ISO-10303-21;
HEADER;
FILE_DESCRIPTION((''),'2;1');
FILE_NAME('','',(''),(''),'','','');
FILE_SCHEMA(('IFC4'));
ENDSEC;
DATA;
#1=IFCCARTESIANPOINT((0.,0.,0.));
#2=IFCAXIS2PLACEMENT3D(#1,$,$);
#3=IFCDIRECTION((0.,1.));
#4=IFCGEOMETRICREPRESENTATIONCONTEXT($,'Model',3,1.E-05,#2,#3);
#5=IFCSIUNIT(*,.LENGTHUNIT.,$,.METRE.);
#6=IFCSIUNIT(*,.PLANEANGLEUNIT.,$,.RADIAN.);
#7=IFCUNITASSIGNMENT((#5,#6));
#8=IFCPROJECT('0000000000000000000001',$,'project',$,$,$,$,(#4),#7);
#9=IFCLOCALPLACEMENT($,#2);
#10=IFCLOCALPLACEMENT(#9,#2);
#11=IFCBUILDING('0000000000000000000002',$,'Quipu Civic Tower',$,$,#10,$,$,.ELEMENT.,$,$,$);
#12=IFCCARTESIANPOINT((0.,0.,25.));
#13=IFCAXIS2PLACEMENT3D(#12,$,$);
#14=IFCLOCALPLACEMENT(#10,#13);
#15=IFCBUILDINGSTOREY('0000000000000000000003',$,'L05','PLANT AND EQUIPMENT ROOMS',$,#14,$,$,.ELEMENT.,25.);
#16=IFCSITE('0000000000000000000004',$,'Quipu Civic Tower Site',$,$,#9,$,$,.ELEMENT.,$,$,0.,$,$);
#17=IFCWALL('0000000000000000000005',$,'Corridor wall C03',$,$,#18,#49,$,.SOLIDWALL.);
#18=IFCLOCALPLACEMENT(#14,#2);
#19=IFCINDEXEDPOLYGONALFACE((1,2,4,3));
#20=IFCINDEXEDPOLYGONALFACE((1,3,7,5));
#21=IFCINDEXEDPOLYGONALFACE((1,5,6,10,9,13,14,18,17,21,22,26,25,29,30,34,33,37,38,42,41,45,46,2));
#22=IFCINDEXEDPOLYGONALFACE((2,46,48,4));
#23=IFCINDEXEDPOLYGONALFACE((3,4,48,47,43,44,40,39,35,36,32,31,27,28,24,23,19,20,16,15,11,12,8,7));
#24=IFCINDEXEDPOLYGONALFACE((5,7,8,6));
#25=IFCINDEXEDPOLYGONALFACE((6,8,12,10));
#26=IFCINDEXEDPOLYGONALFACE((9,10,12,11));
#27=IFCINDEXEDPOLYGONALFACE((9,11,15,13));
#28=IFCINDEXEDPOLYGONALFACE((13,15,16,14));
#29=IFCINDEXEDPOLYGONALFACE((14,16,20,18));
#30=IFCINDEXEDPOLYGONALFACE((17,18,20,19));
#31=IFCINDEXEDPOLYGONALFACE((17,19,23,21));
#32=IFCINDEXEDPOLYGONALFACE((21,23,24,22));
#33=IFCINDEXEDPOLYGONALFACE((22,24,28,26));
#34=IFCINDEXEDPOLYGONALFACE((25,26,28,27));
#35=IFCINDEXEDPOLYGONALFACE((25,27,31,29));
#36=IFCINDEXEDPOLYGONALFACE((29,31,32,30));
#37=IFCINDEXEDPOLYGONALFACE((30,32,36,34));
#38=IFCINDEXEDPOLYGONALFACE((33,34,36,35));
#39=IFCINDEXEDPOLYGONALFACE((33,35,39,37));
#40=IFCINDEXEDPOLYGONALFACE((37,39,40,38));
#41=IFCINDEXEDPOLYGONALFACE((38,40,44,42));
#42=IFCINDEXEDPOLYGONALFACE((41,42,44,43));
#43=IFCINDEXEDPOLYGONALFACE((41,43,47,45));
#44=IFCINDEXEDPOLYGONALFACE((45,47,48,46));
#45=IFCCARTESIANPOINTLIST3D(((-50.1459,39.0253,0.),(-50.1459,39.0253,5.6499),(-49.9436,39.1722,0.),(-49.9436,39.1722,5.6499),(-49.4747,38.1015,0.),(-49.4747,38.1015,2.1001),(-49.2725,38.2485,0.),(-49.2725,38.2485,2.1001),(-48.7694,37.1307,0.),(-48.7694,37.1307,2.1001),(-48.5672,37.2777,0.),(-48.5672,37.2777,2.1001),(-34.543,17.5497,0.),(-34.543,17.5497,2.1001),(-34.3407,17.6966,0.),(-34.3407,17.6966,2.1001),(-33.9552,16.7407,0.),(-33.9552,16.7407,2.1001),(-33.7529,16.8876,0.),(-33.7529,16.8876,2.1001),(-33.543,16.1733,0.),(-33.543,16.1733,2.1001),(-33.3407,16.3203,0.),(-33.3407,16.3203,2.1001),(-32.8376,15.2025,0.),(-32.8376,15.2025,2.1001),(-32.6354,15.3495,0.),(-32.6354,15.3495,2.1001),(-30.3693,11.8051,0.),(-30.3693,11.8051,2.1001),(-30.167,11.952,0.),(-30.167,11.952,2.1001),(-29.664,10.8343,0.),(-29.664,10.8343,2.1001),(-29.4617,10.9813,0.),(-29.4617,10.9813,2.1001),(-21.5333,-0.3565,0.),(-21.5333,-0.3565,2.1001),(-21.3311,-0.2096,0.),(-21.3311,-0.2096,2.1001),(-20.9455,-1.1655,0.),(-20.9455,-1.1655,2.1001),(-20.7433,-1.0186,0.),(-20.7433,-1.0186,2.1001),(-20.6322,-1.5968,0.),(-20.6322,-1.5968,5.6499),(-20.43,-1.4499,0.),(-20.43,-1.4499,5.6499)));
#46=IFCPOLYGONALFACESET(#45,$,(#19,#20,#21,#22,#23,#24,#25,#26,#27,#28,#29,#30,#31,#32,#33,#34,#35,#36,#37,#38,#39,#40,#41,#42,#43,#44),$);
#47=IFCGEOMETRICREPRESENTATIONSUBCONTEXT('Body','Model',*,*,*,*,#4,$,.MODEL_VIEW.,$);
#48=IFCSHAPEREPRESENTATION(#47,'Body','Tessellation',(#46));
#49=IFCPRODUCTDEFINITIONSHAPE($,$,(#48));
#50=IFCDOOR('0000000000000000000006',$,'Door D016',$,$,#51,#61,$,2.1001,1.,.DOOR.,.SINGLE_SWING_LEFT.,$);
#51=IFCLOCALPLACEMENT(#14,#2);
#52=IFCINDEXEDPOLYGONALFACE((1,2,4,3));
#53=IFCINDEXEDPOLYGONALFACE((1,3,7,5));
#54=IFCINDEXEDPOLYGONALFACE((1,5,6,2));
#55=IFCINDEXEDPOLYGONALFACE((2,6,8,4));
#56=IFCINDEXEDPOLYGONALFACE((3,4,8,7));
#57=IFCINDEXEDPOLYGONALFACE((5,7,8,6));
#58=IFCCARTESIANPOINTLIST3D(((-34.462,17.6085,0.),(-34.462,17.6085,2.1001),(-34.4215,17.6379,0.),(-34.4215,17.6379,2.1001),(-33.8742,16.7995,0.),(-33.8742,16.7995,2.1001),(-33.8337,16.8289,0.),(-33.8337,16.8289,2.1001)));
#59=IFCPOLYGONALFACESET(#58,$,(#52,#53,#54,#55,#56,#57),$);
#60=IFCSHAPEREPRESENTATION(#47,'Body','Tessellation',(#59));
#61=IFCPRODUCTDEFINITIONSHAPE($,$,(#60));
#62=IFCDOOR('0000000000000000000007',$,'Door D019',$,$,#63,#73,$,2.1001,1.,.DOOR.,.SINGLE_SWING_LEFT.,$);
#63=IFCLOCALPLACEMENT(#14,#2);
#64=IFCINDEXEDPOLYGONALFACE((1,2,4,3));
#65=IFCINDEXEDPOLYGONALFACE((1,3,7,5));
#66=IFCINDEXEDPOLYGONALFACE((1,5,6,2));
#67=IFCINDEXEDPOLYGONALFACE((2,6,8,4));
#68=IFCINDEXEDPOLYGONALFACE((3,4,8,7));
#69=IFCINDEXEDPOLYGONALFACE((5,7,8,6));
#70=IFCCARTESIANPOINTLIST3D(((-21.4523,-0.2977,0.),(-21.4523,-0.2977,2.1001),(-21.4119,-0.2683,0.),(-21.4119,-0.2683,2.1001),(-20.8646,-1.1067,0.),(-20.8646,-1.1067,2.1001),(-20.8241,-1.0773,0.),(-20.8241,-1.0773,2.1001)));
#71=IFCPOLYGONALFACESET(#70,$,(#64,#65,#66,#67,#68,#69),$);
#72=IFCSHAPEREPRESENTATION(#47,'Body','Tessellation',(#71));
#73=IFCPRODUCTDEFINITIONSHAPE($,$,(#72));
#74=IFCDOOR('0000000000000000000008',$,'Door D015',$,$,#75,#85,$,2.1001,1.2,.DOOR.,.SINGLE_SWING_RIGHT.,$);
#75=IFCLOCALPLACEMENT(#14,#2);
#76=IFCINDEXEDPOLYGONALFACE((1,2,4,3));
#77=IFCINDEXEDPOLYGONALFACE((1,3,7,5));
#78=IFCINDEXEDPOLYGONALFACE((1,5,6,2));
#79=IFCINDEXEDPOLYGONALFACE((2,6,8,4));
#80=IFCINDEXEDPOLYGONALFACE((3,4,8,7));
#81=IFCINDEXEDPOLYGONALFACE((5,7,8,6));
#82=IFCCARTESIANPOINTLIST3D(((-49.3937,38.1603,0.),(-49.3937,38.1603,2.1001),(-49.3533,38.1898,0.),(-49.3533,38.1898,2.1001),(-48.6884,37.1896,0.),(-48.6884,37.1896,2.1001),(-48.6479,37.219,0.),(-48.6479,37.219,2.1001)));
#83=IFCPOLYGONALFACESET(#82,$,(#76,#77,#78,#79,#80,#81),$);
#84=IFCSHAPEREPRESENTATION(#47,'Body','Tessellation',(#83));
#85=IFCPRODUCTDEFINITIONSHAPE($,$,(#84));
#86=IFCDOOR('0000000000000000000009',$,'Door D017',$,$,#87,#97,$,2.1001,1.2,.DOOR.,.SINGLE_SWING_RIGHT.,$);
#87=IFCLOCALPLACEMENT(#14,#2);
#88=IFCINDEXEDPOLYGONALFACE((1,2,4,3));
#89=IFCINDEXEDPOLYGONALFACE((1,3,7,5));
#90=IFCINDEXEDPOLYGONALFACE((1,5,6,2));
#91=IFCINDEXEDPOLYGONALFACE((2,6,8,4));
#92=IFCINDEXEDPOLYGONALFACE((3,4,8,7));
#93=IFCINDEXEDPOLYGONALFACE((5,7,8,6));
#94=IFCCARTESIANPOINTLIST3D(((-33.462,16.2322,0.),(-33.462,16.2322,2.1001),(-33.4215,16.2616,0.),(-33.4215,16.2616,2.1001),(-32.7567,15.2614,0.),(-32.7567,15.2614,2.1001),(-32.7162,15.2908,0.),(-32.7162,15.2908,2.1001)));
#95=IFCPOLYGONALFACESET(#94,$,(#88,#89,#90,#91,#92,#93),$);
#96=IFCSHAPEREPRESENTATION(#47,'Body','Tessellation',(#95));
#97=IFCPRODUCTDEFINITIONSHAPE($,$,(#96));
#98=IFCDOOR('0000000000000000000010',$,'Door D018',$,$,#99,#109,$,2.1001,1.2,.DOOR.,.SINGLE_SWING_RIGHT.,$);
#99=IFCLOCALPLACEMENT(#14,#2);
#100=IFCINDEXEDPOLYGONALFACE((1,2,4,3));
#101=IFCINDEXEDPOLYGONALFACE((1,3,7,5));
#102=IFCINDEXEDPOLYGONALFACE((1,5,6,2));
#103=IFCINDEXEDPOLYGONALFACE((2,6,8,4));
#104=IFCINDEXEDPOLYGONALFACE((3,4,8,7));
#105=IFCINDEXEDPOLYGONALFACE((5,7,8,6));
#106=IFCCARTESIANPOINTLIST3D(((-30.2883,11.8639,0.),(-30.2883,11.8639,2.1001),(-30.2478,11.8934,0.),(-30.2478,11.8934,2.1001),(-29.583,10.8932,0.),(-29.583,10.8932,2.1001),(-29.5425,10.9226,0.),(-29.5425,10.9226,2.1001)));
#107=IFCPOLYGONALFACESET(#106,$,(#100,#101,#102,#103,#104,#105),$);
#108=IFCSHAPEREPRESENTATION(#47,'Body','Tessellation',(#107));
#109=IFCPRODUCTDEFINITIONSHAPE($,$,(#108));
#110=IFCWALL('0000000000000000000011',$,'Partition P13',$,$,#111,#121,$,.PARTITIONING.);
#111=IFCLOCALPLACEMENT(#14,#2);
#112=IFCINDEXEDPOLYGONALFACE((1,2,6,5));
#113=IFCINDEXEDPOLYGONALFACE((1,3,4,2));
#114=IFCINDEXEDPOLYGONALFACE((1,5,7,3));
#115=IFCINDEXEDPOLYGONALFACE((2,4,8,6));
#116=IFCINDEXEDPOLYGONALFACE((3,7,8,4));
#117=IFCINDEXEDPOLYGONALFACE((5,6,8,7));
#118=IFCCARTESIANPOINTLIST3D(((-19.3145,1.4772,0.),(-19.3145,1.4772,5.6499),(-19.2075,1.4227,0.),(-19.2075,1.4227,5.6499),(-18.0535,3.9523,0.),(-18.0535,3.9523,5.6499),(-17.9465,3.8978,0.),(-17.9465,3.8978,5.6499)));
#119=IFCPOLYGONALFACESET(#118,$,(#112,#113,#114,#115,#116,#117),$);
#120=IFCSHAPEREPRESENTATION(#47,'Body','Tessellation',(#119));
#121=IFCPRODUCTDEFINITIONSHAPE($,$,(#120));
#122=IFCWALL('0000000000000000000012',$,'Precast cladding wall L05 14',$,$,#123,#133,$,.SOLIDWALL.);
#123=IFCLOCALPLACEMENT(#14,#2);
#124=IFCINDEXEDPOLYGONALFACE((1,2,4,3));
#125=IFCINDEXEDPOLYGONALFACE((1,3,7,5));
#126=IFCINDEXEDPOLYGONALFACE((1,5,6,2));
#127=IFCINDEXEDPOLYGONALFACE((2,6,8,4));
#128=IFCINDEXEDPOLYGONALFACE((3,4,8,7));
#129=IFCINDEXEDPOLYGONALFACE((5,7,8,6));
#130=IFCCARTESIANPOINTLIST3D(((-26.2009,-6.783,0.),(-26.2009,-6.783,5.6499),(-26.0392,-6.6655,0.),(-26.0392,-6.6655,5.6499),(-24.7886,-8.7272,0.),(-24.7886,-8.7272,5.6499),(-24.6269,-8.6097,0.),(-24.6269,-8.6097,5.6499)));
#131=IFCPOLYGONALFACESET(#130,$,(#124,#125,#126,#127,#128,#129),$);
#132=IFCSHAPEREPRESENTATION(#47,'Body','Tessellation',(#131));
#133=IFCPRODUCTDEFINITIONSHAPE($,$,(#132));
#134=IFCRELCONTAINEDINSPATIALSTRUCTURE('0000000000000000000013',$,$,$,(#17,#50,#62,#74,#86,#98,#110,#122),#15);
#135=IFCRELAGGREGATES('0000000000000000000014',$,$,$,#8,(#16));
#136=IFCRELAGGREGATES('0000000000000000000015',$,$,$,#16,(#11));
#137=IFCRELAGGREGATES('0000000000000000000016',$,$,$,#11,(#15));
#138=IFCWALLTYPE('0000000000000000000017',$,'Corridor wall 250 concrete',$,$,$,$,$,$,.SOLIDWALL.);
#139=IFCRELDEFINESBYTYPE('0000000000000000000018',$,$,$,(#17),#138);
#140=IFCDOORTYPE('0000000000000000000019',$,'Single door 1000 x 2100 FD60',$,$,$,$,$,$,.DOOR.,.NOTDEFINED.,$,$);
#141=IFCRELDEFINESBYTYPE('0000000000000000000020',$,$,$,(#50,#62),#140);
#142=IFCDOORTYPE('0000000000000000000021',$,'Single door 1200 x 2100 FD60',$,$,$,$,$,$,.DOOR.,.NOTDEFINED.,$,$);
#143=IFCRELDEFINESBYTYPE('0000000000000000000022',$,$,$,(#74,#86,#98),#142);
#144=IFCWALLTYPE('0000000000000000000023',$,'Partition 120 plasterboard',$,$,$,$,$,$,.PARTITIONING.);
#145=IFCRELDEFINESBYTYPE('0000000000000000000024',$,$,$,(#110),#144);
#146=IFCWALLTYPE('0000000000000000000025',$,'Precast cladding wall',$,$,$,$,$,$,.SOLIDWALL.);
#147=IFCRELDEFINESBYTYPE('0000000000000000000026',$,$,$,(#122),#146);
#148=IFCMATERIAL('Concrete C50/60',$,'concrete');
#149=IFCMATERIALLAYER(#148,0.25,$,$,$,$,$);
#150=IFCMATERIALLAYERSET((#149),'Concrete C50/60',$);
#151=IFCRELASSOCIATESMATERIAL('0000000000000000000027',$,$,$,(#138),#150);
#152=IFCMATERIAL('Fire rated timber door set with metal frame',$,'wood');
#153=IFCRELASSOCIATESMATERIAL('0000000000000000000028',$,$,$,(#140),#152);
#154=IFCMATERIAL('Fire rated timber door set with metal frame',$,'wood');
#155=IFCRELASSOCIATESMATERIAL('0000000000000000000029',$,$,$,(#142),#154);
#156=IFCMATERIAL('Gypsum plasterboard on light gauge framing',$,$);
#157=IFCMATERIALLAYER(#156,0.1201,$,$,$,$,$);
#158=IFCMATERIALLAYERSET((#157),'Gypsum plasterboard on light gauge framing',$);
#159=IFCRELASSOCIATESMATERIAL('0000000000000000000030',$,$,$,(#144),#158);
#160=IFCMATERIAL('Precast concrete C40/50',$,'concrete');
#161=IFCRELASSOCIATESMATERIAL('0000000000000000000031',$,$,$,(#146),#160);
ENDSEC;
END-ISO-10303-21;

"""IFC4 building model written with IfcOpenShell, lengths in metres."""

from ifc_helpers import new_model, si_unit, direction, frame, frame_2d, origin, place, context, subcontext, project, spatial, rectangle, extrude, material, layer, layer_set, type_object, element, fill, save


model = new_model("IFC4")

# Units and contexts
model_context = context("Model", 3, precision=1e-05, world=origin(), true_north=direction((0.0, 1.0)))
body_context = subcontext(model_context, "Body", "Model", "MODEL_VIEW")
ifc_project = project(units=[si_unit("LENGTHUNIT", "METRE"), si_unit("PLANEANGLEUNIT", "RADIAN")], contexts=[model_context])

# Site, building, storey
site_placement = place(None, origin())
site = spatial("IfcSite", under=ifc_project, at=site_placement, Name="Quipu Civic Tower Site", CompositionType="ELEMENT", RefElevation=0.0)
building_placement = place(site_placement, origin())
building = spatial("IfcBuilding", under=site, at=building_placement, Name="Quipu Civic Tower", CompositionType="ELEMENT")
storey_placement = place(building_placement, frame((0.0, 0.0, 25.0)))
storey = spatial("IfcBuildingStorey", under=building, at=storey_placement, Name="L05", Description="PLANT AND EQUIPMENT ROOMS", CompositionType="ELEMENT", Elevation=25.0)

# Wall, openings, doors
ifc_material_1 = material(Name="Concrete C50/60", Category="concrete")
ifc_layer_1 = layer(ifc_material_1, 0.25)
ifc_layer_set_1 = layer_set([ifc_layer_1], Name="Concrete C50/60")
wall_type_1 = type_object("IfcWallType", Name="Corridor wall 250 concrete", PredefinedType="SOLIDWALL", material=ifc_layer_set_1)
wall_1_placement = place(storey_placement, frame((-20.531, -1.5234, 0.0), z_axis=(0.0, 0.0, 1.0), x_axis=(-0.587785, 0.809017, 0.0)))
wall_1 = element("IfcWall", 1, at=wall_1_placement, inside=storey, type_object=wall_type_1, Name="Corridor wall C03", PredefinedType="SOLIDWALL", context=body_context, shape_type="SweptSolid", body=[
    extrude(rectangle(XDim=50.2117, YDim=0.25, at=frame_2d((25.106, 0.0))), origin(), (0.0, 0.0, 1.0), 5.6499),
])
opening_1_placement = place(wall_1_placement, frame((47.8699, 0.0, 0.0)))
opening_1 = element("IfcOpeningElement", 2, at=opening_1_placement, cuts=wall_1, PredefinedType="OPENING", context=body_context, shape_type="SweptSolid", body=[
    extrude(rectangle(XDim=1.2, YDim=2.1001, at=frame_2d((0.6001, 1.05))), frame((0.0, 0.135, 0.0), z_axis=(0.0, -1.0, 0.0), x_axis=(1.0, 0.0, 0.0)), (0.0, 0.0, 1.0), 0.27),
])
opening_2_placement = place(wall_1_placement, frame((20.7651, 0.0, 0.0)))
opening_2 = element("IfcOpeningElement", 3, at=opening_2_placement, cuts=wall_1, PredefinedType="OPENING", context=body_context, shape_type="SweptSolid", body=[
    extrude(rectangle(XDim=1.2, YDim=2.1001, at=frame_2d((0.6001, 1.05))), frame((0.0, 0.135, 0.0), z_axis=(0.0, -1.0, 0.0), x_axis=(1.0, 0.0, 0.0)), (0.0, 0.0, 1.0), 0.27),
])
opening_3_placement = place(wall_1_placement, frame((15.3657, 0.0, 0.0)))
opening_3 = element("IfcOpeningElement", 4, at=opening_3_placement, cuts=wall_1, PredefinedType="OPENING", context=body_context, shape_type="SweptSolid", body=[
    extrude(rectangle(XDim=1.2, YDim=2.1001, at=frame_2d((0.6001, 1.05))), frame((0.0, 0.135, 0.0), z_axis=(0.0, -1.0, 0.0), x_axis=(1.0, 0.0, 0.0)), (0.0, 0.0, 1.0), 0.27),
])
opening_4_placement = place(wall_1_placement, frame((22.6665, 0.0, 0.0)))
opening_4 = element("IfcOpeningElement", 5, at=opening_4_placement, cuts=wall_1, PredefinedType="OPENING", context=body_context, shape_type="SweptSolid", body=[
    extrude(rectangle(XDim=1.0, YDim=2.1001, at=frame_2d((0.5, 1.05))), frame((0.0, 0.135, 0.0), z_axis=(0.0, -1.0, 0.0), x_axis=(1.0, 0.0, 0.0)), (0.0, 0.0, 1.0), 0.27),
])
opening_5_placement = place(wall_1_placement, frame((0.5332, 0.0, 0.0)))
opening_5 = element("IfcOpeningElement", 6, at=opening_5_placement, cuts=wall_1, PredefinedType="OPENING", context=body_context, shape_type="SweptSolid", body=[
    extrude(rectangle(XDim=1.0, YDim=2.1001, at=frame_2d((0.5, 1.05))), frame((0.0, 0.135, 0.0), z_axis=(0.0, -1.0, 0.0), x_axis=(1.0, 0.0, 0.0)), (0.0, 0.0, 1.0), 0.27),
])
ifc_material_2 = material(Name="Fire rated timber door set with metal frame", Category="wood")
door_type_1 = type_object("IfcDoorType", Name="Single door 1000 x 2100 FD60", OperationType="NOTDEFINED", PredefinedType="DOOR", material=ifc_material_2)
door_1_placement = place(opening_4_placement, origin())
door_1 = element("IfcDoor", 7, at=door_1_placement, inside=storey, type_object=door_type_1, Name="Door D016", OperationType="SINGLE_SWING_LEFT", OverallHeight=2.1001, OverallWidth=1.0, PredefinedType="DOOR", context=body_context, shape_type="SweptSolid", body=[
    extrude(rectangle(XDim=1.0, YDim=2.1001, at=frame_2d((0.5, 1.05))), frame((0.0, 0.0249, 0.0), z_axis=(0.0, -1.0, 0.0), x_axis=(1.0, 0.0, 0.0)), (0.0, 0.0, 1.0), 0.05),
])
fill(opening_4, door_1)
door_2_placement = place(opening_5_placement, origin())
door_2 = element("IfcDoor", 8, at=door_2_placement, inside=storey, type_object=door_type_1, Name="Door D019", OperationType="SINGLE_SWING_LEFT", OverallHeight=2.1001, OverallWidth=1.0, PredefinedType="DOOR", context=body_context, shape_type="SweptSolid", body=[
    extrude(rectangle(XDim=1.0, YDim=2.1001, at=frame_2d((0.5, 1.05))), frame((0.0, 0.0249, 0.0), z_axis=(0.0, -1.0, 0.0), x_axis=(1.0, 0.0, 0.0)), (0.0, 0.0, 1.0), 0.05),
])
fill(opening_5, door_2)
ifc_material_3 = material(Name="Fire rated timber door set with metal frame", Category="wood")
door_type_2 = type_object("IfcDoorType", Name="Single door 1200 x 2100 FD60", OperationType="NOTDEFINED", PredefinedType="DOOR", material=ifc_material_3)
door_3_placement = place(opening_1_placement, origin())
door_3 = element("IfcDoor", 9, at=door_3_placement, inside=storey, type_object=door_type_2, Name="Door D015", OperationType="SINGLE_SWING_RIGHT", OverallHeight=2.1001, OverallWidth=1.2, PredefinedType="DOOR", context=body_context, shape_type="SweptSolid", body=[
    extrude(rectangle(XDim=1.2, YDim=2.1001, at=frame_2d((0.6001, 1.05))), frame((0.0, 0.0249, 0.0), z_axis=(0.0, -1.0, 0.0), x_axis=(1.0, 0.0, 0.0)), (0.0, 0.0, 1.0), 0.05),
])
fill(opening_1, door_3)
door_4_placement = place(opening_2_placement, origin())
door_4 = element("IfcDoor", 10, at=door_4_placement, inside=storey, type_object=door_type_2, Name="Door D017", OperationType="SINGLE_SWING_RIGHT", OverallHeight=2.1001, OverallWidth=1.2, PredefinedType="DOOR", context=body_context, shape_type="SweptSolid", body=[
    extrude(rectangle(XDim=1.2, YDim=2.1001, at=frame_2d((0.6001, 1.05))), frame((0.0, 0.0249, 0.0), z_axis=(0.0, -1.0, 0.0), x_axis=(1.0, 0.0, 0.0)), (0.0, 0.0, 1.0), 0.05),
])
fill(opening_2, door_4)
door_5_placement = place(opening_3_placement, origin())
door_5 = element("IfcDoor", 11, at=door_5_placement, inside=storey, type_object=door_type_2, Name="Door D018", OperationType="SINGLE_SWING_RIGHT", OverallHeight=2.1001, OverallWidth=1.2, PredefinedType="DOOR", context=body_context, shape_type="SweptSolid", body=[
    extrude(rectangle(XDim=1.2, YDim=2.1001, at=frame_2d((0.6001, 1.05))), frame((0.0, 0.0249, 0.0), z_axis=(0.0, -1.0, 0.0), x_axis=(1.0, 0.0, 0.0)), (0.0, 0.0, 1.0), 0.05),
])
fill(opening_3, door_5)

# Walls
ifc_material_4 = material(Name="Gypsum plasterboard on light gauge framing")
ifc_layer_2 = layer(ifc_material_4, 0.1201)
ifc_layer_set_2 = layer_set([ifc_layer_2], Name="Gypsum plasterboard on light gauge framing")
wall_type_2 = type_object("IfcWallType", Name="Partition 120 plasterboard", PredefinedType="PARTITIONING", material=ifc_layer_set_2)
wall_2_placement = place(storey_placement, frame((-19.261, 1.45, 0.0), z_axis=(0.0, 0.0, 1.0), x_axis=(0.453951, 0.891027, 0.0)))
element("IfcWall", 12, at=wall_2_placement, inside=storey, type_object=wall_type_2, Name="Partition P13", PredefinedType="PARTITIONING", context=body_context, shape_type="SweptSolid", body=[
    extrude(rectangle(XDim=2.7778, YDim=0.1201, at=frame_2d((1.3889, 0.0))), origin(), (0.0, 0.0, 1.0), 5.6499),
])
ifc_material_5 = material(Name="Precast concrete C40/50", Category="concrete")
wall_type_3 = type_object("IfcWallType", Name="Precast cladding wall", PredefinedType="SOLIDWALL", material=ifc_material_5)
wall_3_placement = place(storey_placement, frame((-26.1201, -6.7241, 0.0), z_axis=(0.0, 0.0, 1.0), x_axis=(0.587706, -0.809074, 0.0)))
element("IfcWall", 13, at=wall_3_placement, inside=storey, type_object=wall_type_3, Name="Precast cladding wall L05 14", PredefinedType="SOLIDWALL", context=body_context, shape_type="SweptSolid", body=[
    extrude(rectangle(XDim=2.4031, YDim=0.2, at=frame_2d((1.2017, 0.0))), origin(), (0.0, 0.0, 1.0), 5.6499),
])

save(model, "model.ifc")
